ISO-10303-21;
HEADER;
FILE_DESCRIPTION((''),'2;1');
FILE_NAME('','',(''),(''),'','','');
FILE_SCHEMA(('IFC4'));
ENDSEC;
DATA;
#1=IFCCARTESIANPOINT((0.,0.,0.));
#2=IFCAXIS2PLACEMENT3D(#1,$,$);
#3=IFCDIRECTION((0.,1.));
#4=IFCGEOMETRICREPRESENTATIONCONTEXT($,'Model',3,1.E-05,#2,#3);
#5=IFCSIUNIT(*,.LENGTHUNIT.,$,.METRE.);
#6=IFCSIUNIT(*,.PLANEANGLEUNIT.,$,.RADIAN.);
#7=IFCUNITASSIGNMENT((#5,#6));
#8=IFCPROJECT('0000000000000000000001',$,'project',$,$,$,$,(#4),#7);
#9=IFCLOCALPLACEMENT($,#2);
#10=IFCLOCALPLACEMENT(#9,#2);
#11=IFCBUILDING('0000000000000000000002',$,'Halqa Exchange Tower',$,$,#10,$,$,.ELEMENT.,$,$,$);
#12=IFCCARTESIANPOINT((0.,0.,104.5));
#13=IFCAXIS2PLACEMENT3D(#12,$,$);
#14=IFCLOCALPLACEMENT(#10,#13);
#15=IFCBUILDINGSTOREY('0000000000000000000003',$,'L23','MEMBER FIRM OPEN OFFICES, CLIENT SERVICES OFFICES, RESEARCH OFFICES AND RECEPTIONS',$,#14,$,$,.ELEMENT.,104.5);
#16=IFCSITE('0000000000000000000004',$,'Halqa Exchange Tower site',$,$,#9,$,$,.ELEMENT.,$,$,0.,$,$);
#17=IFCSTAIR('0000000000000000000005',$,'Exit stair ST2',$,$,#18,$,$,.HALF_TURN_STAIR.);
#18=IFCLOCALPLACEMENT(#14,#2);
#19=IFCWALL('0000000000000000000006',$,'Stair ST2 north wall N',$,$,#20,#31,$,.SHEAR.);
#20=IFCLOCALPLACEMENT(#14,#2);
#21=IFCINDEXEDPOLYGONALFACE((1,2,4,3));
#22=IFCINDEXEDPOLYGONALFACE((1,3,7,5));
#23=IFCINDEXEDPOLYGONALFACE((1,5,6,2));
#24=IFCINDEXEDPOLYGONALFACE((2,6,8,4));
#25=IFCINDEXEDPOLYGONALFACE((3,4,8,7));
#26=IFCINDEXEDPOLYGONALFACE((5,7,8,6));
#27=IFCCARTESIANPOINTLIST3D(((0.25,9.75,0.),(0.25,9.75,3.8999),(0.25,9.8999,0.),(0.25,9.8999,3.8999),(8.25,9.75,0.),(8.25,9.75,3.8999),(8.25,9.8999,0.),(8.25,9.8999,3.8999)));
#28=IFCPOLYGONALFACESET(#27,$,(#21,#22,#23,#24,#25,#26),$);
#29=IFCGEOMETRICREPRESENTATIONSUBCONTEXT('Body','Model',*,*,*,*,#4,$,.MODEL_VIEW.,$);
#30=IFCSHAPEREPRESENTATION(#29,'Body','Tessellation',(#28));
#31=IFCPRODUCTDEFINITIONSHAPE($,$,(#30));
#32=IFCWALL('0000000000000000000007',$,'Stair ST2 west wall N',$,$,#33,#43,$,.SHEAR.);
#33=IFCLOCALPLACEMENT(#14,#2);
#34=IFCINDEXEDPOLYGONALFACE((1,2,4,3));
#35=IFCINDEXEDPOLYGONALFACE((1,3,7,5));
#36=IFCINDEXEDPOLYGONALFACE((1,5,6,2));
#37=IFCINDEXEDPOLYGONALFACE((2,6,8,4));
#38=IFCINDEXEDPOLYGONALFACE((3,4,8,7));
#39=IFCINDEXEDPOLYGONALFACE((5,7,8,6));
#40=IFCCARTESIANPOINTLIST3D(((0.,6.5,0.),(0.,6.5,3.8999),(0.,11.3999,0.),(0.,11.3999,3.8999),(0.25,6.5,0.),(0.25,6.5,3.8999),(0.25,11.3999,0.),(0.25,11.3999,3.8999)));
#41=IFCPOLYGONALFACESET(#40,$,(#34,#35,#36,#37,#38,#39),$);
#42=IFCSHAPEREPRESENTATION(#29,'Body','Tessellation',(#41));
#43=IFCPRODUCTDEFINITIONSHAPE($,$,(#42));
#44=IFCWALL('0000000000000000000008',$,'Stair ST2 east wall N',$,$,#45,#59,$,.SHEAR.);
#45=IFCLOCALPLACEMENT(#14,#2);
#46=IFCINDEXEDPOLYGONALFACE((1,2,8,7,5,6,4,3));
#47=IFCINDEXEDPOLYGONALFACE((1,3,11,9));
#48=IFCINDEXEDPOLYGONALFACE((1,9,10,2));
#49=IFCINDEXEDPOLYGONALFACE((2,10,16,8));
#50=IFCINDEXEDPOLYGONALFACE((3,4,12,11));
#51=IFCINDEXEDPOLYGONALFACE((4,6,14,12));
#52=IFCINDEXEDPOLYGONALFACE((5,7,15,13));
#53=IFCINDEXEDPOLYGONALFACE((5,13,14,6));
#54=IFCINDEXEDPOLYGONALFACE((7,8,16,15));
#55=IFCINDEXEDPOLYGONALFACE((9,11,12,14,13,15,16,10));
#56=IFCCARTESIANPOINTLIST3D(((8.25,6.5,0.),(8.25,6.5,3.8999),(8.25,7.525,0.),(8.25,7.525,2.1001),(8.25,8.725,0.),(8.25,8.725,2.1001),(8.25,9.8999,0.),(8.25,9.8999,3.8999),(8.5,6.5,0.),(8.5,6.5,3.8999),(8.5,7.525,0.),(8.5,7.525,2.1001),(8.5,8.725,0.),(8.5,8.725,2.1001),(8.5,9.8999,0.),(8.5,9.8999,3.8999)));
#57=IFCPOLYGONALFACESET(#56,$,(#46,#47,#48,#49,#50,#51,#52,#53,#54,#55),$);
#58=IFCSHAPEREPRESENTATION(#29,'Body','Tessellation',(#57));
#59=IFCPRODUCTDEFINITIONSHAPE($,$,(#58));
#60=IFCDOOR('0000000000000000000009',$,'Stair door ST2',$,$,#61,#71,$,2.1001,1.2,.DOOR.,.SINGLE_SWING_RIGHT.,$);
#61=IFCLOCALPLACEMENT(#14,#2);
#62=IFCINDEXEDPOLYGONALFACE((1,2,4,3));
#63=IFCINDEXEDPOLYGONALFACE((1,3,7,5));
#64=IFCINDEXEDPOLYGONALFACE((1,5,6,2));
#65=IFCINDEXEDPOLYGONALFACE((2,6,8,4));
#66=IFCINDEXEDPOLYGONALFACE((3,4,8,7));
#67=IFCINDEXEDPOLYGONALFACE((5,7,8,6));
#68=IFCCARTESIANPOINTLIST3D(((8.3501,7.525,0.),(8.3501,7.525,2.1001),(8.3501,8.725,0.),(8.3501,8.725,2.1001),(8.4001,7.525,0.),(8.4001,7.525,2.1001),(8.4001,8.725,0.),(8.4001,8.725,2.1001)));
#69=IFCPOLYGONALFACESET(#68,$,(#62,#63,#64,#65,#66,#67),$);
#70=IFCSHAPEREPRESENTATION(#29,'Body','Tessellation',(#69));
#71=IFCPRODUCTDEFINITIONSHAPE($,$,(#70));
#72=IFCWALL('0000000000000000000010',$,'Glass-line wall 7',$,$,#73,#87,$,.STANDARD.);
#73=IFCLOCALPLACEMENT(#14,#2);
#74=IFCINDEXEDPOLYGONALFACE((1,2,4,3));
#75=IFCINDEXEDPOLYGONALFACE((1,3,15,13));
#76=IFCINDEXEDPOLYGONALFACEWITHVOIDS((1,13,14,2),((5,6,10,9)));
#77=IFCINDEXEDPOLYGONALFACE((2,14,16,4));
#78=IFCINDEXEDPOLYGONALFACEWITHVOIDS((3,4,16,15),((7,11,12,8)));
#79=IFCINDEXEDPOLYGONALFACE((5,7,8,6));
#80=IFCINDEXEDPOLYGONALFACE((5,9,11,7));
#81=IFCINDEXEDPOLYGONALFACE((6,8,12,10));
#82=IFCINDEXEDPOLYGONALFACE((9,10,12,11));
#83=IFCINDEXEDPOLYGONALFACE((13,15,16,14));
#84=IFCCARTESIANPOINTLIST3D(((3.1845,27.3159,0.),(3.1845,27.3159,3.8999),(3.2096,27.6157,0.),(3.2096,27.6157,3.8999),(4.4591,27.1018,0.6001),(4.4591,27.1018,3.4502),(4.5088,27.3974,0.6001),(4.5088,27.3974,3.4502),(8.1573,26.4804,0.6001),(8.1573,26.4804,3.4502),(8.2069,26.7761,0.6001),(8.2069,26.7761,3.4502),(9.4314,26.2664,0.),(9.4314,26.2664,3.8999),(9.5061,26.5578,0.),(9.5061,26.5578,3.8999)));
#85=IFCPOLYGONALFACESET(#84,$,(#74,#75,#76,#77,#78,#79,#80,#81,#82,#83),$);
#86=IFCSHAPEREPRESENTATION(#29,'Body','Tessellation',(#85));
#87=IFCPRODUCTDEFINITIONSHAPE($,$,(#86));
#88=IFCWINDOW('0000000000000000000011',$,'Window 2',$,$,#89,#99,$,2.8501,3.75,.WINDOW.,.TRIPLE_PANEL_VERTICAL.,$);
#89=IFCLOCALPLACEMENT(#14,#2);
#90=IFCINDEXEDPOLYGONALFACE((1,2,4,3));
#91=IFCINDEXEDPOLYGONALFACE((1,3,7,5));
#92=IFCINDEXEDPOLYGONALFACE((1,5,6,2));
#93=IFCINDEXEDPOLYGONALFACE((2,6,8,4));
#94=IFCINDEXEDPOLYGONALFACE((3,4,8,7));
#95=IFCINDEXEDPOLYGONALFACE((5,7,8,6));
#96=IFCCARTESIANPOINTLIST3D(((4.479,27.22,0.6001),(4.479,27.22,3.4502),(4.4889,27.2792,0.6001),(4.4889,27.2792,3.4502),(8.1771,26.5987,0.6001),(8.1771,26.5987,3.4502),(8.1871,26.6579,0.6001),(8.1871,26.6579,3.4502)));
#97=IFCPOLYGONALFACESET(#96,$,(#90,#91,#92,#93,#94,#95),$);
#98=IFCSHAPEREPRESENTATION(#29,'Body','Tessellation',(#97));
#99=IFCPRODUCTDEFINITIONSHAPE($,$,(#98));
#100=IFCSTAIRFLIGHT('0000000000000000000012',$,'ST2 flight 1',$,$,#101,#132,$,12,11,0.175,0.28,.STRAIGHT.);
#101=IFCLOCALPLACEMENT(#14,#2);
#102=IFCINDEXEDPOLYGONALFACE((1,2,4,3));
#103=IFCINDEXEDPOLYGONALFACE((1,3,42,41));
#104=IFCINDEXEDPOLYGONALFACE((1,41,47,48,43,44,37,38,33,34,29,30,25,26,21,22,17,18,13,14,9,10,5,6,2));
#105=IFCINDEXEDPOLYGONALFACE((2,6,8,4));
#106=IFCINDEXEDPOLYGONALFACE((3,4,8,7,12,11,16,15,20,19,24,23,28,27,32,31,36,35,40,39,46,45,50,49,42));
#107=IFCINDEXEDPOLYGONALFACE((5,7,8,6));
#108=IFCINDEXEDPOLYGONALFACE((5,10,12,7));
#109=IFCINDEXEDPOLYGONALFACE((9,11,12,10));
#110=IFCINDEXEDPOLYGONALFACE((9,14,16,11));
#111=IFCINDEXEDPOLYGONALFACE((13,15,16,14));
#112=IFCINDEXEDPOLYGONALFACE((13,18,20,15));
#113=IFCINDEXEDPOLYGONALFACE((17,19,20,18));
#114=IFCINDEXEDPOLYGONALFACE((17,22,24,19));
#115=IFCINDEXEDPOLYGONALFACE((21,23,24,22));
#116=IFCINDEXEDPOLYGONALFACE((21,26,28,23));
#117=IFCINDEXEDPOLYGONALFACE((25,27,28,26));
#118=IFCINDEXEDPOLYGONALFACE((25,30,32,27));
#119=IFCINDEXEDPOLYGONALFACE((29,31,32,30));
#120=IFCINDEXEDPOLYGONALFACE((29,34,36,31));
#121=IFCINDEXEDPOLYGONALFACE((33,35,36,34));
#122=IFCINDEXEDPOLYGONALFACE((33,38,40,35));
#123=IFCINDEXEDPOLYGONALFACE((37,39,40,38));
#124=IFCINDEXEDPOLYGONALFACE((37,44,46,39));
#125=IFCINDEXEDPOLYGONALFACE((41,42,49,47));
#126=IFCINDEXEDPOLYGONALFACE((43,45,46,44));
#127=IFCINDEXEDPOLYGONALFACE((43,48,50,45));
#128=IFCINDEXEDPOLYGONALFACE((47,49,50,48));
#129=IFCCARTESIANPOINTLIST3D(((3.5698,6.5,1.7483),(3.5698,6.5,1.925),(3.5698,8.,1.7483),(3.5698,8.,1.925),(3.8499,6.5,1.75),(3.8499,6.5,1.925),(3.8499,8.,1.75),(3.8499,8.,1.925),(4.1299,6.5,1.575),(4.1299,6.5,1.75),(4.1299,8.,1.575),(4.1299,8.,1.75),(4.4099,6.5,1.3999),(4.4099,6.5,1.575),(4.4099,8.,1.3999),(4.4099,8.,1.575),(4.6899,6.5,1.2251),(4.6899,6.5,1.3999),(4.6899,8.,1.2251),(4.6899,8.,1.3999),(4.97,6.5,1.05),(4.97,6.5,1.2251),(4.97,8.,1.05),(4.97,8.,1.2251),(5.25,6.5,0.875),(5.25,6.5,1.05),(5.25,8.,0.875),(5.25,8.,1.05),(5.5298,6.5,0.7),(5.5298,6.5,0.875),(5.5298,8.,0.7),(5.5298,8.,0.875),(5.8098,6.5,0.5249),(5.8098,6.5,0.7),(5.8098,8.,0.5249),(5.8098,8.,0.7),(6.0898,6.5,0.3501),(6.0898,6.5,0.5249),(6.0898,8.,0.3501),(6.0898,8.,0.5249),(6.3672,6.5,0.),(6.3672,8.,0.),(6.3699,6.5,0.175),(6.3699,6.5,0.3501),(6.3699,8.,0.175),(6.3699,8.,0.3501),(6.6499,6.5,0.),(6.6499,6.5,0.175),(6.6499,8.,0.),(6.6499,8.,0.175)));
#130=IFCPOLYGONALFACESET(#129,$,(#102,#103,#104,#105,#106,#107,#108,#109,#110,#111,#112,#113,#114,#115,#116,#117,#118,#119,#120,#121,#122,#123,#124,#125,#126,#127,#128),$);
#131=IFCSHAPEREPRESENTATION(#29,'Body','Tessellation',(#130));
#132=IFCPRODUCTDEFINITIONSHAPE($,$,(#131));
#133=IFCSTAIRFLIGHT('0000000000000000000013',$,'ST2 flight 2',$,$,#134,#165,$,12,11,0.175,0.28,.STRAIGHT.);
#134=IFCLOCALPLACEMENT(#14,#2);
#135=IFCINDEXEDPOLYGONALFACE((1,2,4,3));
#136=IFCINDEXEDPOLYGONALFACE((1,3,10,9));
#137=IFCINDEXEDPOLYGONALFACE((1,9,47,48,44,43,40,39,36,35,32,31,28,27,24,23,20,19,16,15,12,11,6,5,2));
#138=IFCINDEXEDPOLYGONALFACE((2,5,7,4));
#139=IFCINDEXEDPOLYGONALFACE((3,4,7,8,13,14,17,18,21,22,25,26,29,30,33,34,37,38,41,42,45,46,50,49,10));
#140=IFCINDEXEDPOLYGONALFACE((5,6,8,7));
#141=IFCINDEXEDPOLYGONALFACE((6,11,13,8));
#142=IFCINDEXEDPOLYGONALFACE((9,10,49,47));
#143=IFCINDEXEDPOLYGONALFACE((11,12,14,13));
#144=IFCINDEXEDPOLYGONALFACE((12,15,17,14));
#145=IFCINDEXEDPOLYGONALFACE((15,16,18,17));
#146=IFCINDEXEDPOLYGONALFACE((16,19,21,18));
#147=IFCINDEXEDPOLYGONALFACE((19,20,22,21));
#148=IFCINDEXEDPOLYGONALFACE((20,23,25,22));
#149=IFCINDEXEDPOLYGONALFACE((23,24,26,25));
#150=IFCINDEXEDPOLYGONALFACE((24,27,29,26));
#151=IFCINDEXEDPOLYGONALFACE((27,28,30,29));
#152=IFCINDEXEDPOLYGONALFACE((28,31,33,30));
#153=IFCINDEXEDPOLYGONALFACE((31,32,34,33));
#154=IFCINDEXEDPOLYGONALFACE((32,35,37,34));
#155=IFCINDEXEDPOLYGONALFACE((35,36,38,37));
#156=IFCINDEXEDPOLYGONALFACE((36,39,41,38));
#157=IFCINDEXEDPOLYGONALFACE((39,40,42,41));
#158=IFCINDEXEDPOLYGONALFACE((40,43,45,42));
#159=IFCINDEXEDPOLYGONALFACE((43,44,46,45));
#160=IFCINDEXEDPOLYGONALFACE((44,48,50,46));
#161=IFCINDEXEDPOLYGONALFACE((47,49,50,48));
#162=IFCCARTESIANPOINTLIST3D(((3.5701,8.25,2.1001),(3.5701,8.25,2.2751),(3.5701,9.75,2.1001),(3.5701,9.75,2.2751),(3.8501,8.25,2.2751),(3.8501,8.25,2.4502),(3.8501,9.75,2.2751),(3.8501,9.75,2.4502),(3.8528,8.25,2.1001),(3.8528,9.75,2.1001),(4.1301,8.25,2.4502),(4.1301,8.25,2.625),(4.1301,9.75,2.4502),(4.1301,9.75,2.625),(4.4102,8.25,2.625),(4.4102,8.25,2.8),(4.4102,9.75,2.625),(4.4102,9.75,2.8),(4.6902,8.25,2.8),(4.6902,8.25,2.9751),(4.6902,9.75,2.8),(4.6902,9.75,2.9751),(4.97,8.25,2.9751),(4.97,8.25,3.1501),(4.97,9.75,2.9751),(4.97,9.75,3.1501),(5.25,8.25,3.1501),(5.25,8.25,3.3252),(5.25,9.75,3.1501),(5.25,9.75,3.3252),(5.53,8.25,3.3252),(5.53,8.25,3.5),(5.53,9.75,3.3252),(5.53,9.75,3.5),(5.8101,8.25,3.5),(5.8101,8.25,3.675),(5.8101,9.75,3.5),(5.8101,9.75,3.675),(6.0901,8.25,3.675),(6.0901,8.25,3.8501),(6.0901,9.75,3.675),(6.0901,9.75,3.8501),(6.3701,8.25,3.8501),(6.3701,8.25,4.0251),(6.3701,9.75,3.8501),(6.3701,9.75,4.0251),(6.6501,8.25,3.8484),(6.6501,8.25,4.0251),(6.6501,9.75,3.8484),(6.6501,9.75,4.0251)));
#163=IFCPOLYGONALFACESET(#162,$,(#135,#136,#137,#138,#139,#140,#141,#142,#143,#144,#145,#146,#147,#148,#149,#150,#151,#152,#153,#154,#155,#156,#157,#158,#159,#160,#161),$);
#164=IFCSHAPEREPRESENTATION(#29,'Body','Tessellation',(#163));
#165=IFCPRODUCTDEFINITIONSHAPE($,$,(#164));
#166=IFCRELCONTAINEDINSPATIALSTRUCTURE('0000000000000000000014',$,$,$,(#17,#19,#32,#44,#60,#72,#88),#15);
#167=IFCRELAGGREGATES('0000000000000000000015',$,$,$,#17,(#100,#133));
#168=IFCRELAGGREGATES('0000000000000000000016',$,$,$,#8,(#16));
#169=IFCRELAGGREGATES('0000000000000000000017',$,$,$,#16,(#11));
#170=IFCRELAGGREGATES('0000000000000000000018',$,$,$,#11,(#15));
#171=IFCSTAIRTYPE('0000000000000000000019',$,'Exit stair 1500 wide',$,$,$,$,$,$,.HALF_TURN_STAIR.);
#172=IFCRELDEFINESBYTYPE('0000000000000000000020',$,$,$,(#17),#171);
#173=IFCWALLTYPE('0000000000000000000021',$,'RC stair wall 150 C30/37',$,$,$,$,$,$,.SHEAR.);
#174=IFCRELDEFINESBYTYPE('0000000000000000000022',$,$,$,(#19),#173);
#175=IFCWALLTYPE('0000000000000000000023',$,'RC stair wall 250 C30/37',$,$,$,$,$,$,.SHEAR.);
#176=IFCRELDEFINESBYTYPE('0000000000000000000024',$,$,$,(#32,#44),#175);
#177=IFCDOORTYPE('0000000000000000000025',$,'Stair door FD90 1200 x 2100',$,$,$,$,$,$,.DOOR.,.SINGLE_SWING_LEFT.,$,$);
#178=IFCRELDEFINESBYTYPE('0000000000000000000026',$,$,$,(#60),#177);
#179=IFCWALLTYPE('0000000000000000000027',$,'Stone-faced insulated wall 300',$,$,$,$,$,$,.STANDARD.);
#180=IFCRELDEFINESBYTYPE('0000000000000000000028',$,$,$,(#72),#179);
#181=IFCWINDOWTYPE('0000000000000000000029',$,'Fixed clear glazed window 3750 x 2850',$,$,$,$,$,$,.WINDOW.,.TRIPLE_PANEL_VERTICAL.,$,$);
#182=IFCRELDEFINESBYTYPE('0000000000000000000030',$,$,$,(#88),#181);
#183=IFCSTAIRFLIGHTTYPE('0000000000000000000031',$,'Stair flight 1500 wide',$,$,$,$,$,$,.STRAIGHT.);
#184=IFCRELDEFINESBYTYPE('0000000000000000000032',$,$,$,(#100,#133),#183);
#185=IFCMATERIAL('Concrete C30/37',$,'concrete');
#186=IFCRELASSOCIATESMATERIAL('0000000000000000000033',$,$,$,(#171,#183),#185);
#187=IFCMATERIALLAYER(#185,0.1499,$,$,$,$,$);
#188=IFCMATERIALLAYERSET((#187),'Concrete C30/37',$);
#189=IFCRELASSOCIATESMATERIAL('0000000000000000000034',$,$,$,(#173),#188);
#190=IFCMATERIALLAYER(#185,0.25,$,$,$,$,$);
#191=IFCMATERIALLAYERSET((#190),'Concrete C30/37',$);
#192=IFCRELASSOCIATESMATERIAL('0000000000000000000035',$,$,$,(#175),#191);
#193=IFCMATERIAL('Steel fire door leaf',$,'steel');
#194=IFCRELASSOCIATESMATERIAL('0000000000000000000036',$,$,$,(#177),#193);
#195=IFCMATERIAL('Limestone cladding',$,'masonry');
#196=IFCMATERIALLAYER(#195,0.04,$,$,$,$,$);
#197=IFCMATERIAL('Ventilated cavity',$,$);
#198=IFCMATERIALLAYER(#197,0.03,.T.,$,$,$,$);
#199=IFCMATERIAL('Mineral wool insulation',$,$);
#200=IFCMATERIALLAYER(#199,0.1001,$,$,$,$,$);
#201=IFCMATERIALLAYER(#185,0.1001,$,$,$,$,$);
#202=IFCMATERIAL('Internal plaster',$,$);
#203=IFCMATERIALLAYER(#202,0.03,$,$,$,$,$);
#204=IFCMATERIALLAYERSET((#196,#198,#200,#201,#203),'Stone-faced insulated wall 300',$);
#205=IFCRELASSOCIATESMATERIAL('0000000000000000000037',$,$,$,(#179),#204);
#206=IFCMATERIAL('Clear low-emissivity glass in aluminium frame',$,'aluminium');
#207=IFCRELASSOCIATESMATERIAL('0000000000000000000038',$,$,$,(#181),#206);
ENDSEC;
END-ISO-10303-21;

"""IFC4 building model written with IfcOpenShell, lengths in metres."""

from ifc_helpers import new_model, si_unit, direction, frame, frame_2d, origin, place, context, subcontext, project, spatial, polyline, rectangle, outline, extrude, material, layer, layer_set, type_object, element, fill, aggregate, save


model = new_model("IFC4")

# Units and contexts
model_context = context("Model", 3, precision=1e-05, world=origin(), true_north=direction((0.0, 1.0)))
body_context = subcontext(model_context, "Body", "Model", "MODEL_VIEW")
ifc_project = project(units=[si_unit("LENGTHUNIT", "METRE"), si_unit("PLANEANGLEUNIT", "RADIAN")], contexts=[model_context])

# Site, building, storey
site_placement = place(None, origin())
site = spatial("IfcSite", under=ifc_project, at=site_placement, Name="Halqa Exchange Tower site", CompositionType="ELEMENT", RefElevation=0.0)
building_placement = place(site_placement, origin())
building = spatial("IfcBuilding", under=site, at=building_placement, Name="Halqa Exchange Tower", CompositionType="ELEMENT")
storey_placement = place(building_placement, frame((0.0, 0.0, 104.5)))
storey = spatial("IfcBuildingStorey", under=building, at=storey_placement, Name="L23", Description="MEMBER FIRM OPEN OFFICES, CLIENT SERVICES OFFICES, RESEARCH OFFICES AND RECEPTIONS", CompositionType="ELEMENT", Elevation=104.5)

# Stair
ifc_material_1 = material(Name="Concrete C30/37", Category="concrete")
stair_type = type_object("IfcStairType", Name="Exit stair 1500 wide", PredefinedType="HALF_TURN_STAIR", material=ifc_material_1)
stair_1_placement = place(storey_placement, origin())
stair_1 = element("IfcStair", 1, at=stair_1_placement, inside=storey, type_object=stair_type, Name="Exit stair ST2", PredefinedType="HALF_TURN_STAIR")

# Walls
ifc_layer_1 = layer(ifc_material_1, 0.1499)
ifc_layer_set_1 = layer_set([ifc_layer_1], Name="Concrete C30/37")
wall_type_1 = type_object("IfcWallType", Name="RC stair wall 150 C30/37", PredefinedType="SHEAR", material=ifc_layer_set_1)
wall_1_placement = place(storey_placement, frame((0.25, 9.825, 0.0), z_axis=(0.0, 0.0, 1.0), x_axis=(1.0, 0.0, 0.0)))
element("IfcWall", 2, at=wall_1_placement, inside=storey, type_object=wall_type_1, Name="Stair ST2 north wall N", PredefinedType="SHEAR", context=body_context, shape_type="SweptSolid", body=[
    extrude(rectangle(XDim=8.0, YDim=0.1499, at=frame_2d((4.0, 0.0))), origin(), (0.0, 0.0, 1.0), 3.8999),
])
ifc_layer_2 = layer(ifc_material_1, 0.25)
ifc_layer_set_2 = layer_set([ifc_layer_2], Name="Concrete C30/37")
wall_type_2 = type_object("IfcWallType", Name="RC stair wall 250 C30/37", PredefinedType="SHEAR", material=ifc_layer_set_2)
wall_2_placement = place(storey_placement, frame((0.125, 6.5, 0.0), z_axis=(0.0, 0.0, 1.0), x_axis=(0.0, 1.0, 0.0)))
element("IfcWall", 3, at=wall_2_placement, inside=storey, type_object=wall_type_2, Name="Stair ST2 west wall N", PredefinedType="SHEAR", context=body_context, shape_type="SweptSolid", body=[
    extrude(rectangle(XDim=4.8999, YDim=0.25, at=frame_2d((2.45, 0.0))), origin(), (0.0, 0.0, 1.0), 3.8999),
])

# Wall, opening, door
wall_3_placement = place(storey_placement, frame((8.375, 6.5, 0.0), z_axis=(0.0, 0.0, 1.0), x_axis=(0.0, 1.0, 0.0)))
wall_3 = element("IfcWall", 4, at=wall_3_placement, inside=storey, type_object=wall_type_2, Name="Stair ST2 east wall N", PredefinedType="SHEAR", context=body_context, shape_type="SweptSolid", body=[
    extrude(rectangle(XDim=3.3999, YDim=0.25, at=frame_2d((1.7, 0.0))), origin(), (0.0, 0.0, 1.0), 3.8999),
])
opening_1_placement = place(wall_3_placement, frame((1.0249, 0.0, 0.0)))
opening_1 = element("IfcOpeningElement", 5, at=opening_1_placement, cuts=wall_3, PredefinedType="OPENING", context=body_context, shape_type="SweptSolid", body=[
    extrude(rectangle(XDim=1.2, YDim=2.1001, at=frame_2d((0.6001, 1.05))), frame((0.0, 0.137, 0.0), z_axis=(0.0, -1.0, 0.0), x_axis=(1.0, 0.0, 0.0)), (0.0, 0.0, 1.0), 0.2739),
])
ifc_material_2 = material(Name="Steel fire door leaf", Category="steel")
door_type_1 = type_object("IfcDoorType", Name="Stair door FD90 1200 x 2100", OperationType="SINGLE_SWING_LEFT", PredefinedType="DOOR", material=ifc_material_2)
door_1_placement = place(opening_1_placement, origin())
door_1 = element("IfcDoor", 6, at=door_1_placement, inside=storey, type_object=door_type_1, Name="Stair door ST2", OperationType="SINGLE_SWING_RIGHT", OverallHeight=2.1001, OverallWidth=1.2, PredefinedType="DOOR", context=body_context, shape_type="SweptSolid", body=[
    extrude(rectangle(XDim=1.2, YDim=2.1001, at=frame_2d((0.6001, 1.05))), frame((0.0, 0.0249, 0.0), z_axis=(0.0, -1.0, 0.0), x_axis=(1.0, 0.0, 0.0)), (0.0, 0.0, 1.0), 0.05),
])
fill(opening_1, door_1)

# Wall, opening, window
ifc_material_3 = material(Name="Limestone cladding", Category="masonry")
ifc_layer_3 = layer(ifc_material_3, 0.04)
ifc_material_4 = material(Name="Ventilated cavity")
ifc_layer_4 = layer(ifc_material_4, 0.03, ventilated=True)
ifc_material_5 = material(Name="Mineral wool insulation")
ifc_layer_5 = layer(ifc_material_5, 0.1001)
ifc_layer_6 = layer(ifc_material_1, 0.1001)
ifc_material_6 = material(Name="Internal plaster")
ifc_layer_7 = layer(ifc_material_6, 0.03)
ifc_layer_set_3 = layer_set([ifc_layer_3, ifc_layer_4, ifc_layer_5, ifc_layer_6, ifc_layer_7], Name="Stone-faced insulated wall 300")
wall_type_3 = type_object("IfcWallType", Name="Stone-faced insulated wall 300", PredefinedType="STANDARD", material=ifc_layer_set_3)
wall_4_placement = place(storey_placement, frame((9.4688, 26.4121, 0.0), z_axis=(0.0, 0.0, 1.0), x_axis=(-0.986178, 0.165687, 0.0)))
wall_4 = element("IfcWall", 7, at=wall_4_placement, inside=storey, type_object=wall_type_3, Name="Glass-line wall 7", PredefinedType="STANDARD", context=body_context, shape_type="SweptSolid", body=[
    extrude(outline(polyline([(-0.0127, -0.1499), (6.3721, -0.1499), (6.3472, 0.1499), (0.0127, 0.1499), (-0.0127, -0.1499)])), origin(), (0.0, 0.0, 1.0), 3.8999),
])
opening_2_placement = place(wall_4_placement, frame((1.3047, 0.0, 0.6001)))
opening_2 = element("IfcOpeningElement", 8, at=opening_2_placement, cuts=wall_4, PredefinedType="OPENING", context=body_context, shape_type="SweptSolid", body=[
    extrude(rectangle(XDim=3.75, YDim=2.8501, at=frame_2d((1.875, 1.425))), frame((0.0, 0.1621, 0.0), z_axis=(0.0, -1.0, 0.0), x_axis=(1.0, 0.0, 0.0)), (0.0, 0.0, 1.0), 0.324),
])
ifc_material_7 = material(Name="Clear low-emissivity glass in aluminium frame", Category="aluminium")
window_type = type_object("IfcWindowType", Name="Fixed clear glazed window 3750 x 2850", PartitioningType="TRIPLE_PANEL_VERTICAL", PredefinedType="WINDOW", material=ifc_material_7)
window_placement = place(opening_2_placement, origin())
window = element("IfcWindow", 9, at=window_placement, inside=storey, type_object=window_type, Name="Window 2", OverallHeight=2.8501, OverallWidth=3.75, PartitioningType="TRIPLE_PANEL_VERTICAL", PredefinedType="WINDOW", context=body_context, shape_type="SweptSolid", body=[
    extrude(rectangle(XDim=3.75, YDim=2.8501, at=frame_2d((1.875, 1.425))), frame((0.0, 0.03, 0.0), z_axis=(0.0, -1.0, 0.0), x_axis=(1.0, 0.0, 0.0)), (0.0, 0.0, 1.0), 0.0601),
])
fill(opening_2, window)

# Stair flights
stair_flight_type = type_object("IfcStairFlightType", Name="Stair flight 1500 wide", PredefinedType="STRAIGHT", material=ifc_material_1)
stair_flight_1_placement = place(storey_placement, frame((6.6499, 7.25, 0.0), z_axis=(0.0, 0.0, 1.0), x_axis=(-1.0, 0.0, 0.0)))
stair_flight_1 = element("IfcStairFlight", 10, at=stair_flight_1_placement, type_object=stair_flight_type, Name="ST2 flight 1", NumberOfRisers=12, NumberOfTreads=11, PredefinedType="STRAIGHT", RiserHeight=0.175, TreadLength=0.28, context=body_context, shape_type="SweptSolid", body=[
    extrude(outline(polyline([(0.0, 0.0), (0.0, 0.175), (0.28, 0.175), (0.28, 0.3501), (0.5601, 0.3501), (0.5601, 0.5249), (0.8401, 0.5249), (0.8401, 0.7), (1.1201, 0.7), (1.1201, 0.875), (1.3999, 0.875), (1.3999, 1.05), (1.6799, 1.05), (1.6799, 1.2251), (1.96, 1.2251), (1.96, 1.3999), (2.24, 1.3999), (2.24, 1.575), (2.52, 1.575), (2.52, 1.75), (2.8, 1.75), (2.8, 1.925), (3.0801, 1.925), (3.0801, 2.1001), (3.0801, 1.7483), (0.2827, 0.0), (0.0, 0.0)])), frame((0.0, 0.75, 0.0), z_axis=(0.0, -1.0, 0.0), x_axis=(1.0, 0.0, 0.0)), (0.0, 0.0, 1.0), 1.5),
])
stair_flight_2_placement = place(storey_placement, frame((3.5701, 9.0, 2.1001), z_axis=(0.0, 0.0, 1.0), x_axis=(1.0, 0.0, 0.0)))
stair_flight_2 = element("IfcStairFlight", 11, at=stair_flight_2_placement, type_object=stair_flight_type, Name="ST2 flight 2", NumberOfRisers=12, NumberOfTreads=11, PredefinedType="STRAIGHT", RiserHeight=0.175, TreadLength=0.28, context=body_context, shape_type="SweptSolid", body=[
    extrude(outline(polyline([(0.0, 0.0), (0.0, 0.175), (0.28, 0.175), (0.28, 0.3501), (0.5601, 0.3501), (0.5601, 0.5249), (0.8401, 0.5249), (0.8401, 0.7), (1.1201, 0.7), (1.1201, 0.875), (1.3999, 0.875), (1.3999, 1.05), (1.6799, 1.05), (1.6799, 1.2251), (1.96, 1.2251), (1.96, 1.3999), (2.24, 1.3999), (2.24, 1.575), (2.52, 1.575), (2.52, 1.75), (2.8, 1.75), (2.8, 1.925), (3.0801, 1.925), (3.0801, 2.1001), (3.0801, 1.7483), (0.2827, 0.0), (0.0, 0.0)])), frame((0.0, 0.75, 0.0), z_axis=(0.0, -1.0, 0.0), x_axis=(1.0, 0.0, 0.0)), (0.0, 0.0, 1.0), 1.5),
])
aggregate(stair_1, [stair_flight_1, stair_flight_2])

save(model, "model.ifc")
